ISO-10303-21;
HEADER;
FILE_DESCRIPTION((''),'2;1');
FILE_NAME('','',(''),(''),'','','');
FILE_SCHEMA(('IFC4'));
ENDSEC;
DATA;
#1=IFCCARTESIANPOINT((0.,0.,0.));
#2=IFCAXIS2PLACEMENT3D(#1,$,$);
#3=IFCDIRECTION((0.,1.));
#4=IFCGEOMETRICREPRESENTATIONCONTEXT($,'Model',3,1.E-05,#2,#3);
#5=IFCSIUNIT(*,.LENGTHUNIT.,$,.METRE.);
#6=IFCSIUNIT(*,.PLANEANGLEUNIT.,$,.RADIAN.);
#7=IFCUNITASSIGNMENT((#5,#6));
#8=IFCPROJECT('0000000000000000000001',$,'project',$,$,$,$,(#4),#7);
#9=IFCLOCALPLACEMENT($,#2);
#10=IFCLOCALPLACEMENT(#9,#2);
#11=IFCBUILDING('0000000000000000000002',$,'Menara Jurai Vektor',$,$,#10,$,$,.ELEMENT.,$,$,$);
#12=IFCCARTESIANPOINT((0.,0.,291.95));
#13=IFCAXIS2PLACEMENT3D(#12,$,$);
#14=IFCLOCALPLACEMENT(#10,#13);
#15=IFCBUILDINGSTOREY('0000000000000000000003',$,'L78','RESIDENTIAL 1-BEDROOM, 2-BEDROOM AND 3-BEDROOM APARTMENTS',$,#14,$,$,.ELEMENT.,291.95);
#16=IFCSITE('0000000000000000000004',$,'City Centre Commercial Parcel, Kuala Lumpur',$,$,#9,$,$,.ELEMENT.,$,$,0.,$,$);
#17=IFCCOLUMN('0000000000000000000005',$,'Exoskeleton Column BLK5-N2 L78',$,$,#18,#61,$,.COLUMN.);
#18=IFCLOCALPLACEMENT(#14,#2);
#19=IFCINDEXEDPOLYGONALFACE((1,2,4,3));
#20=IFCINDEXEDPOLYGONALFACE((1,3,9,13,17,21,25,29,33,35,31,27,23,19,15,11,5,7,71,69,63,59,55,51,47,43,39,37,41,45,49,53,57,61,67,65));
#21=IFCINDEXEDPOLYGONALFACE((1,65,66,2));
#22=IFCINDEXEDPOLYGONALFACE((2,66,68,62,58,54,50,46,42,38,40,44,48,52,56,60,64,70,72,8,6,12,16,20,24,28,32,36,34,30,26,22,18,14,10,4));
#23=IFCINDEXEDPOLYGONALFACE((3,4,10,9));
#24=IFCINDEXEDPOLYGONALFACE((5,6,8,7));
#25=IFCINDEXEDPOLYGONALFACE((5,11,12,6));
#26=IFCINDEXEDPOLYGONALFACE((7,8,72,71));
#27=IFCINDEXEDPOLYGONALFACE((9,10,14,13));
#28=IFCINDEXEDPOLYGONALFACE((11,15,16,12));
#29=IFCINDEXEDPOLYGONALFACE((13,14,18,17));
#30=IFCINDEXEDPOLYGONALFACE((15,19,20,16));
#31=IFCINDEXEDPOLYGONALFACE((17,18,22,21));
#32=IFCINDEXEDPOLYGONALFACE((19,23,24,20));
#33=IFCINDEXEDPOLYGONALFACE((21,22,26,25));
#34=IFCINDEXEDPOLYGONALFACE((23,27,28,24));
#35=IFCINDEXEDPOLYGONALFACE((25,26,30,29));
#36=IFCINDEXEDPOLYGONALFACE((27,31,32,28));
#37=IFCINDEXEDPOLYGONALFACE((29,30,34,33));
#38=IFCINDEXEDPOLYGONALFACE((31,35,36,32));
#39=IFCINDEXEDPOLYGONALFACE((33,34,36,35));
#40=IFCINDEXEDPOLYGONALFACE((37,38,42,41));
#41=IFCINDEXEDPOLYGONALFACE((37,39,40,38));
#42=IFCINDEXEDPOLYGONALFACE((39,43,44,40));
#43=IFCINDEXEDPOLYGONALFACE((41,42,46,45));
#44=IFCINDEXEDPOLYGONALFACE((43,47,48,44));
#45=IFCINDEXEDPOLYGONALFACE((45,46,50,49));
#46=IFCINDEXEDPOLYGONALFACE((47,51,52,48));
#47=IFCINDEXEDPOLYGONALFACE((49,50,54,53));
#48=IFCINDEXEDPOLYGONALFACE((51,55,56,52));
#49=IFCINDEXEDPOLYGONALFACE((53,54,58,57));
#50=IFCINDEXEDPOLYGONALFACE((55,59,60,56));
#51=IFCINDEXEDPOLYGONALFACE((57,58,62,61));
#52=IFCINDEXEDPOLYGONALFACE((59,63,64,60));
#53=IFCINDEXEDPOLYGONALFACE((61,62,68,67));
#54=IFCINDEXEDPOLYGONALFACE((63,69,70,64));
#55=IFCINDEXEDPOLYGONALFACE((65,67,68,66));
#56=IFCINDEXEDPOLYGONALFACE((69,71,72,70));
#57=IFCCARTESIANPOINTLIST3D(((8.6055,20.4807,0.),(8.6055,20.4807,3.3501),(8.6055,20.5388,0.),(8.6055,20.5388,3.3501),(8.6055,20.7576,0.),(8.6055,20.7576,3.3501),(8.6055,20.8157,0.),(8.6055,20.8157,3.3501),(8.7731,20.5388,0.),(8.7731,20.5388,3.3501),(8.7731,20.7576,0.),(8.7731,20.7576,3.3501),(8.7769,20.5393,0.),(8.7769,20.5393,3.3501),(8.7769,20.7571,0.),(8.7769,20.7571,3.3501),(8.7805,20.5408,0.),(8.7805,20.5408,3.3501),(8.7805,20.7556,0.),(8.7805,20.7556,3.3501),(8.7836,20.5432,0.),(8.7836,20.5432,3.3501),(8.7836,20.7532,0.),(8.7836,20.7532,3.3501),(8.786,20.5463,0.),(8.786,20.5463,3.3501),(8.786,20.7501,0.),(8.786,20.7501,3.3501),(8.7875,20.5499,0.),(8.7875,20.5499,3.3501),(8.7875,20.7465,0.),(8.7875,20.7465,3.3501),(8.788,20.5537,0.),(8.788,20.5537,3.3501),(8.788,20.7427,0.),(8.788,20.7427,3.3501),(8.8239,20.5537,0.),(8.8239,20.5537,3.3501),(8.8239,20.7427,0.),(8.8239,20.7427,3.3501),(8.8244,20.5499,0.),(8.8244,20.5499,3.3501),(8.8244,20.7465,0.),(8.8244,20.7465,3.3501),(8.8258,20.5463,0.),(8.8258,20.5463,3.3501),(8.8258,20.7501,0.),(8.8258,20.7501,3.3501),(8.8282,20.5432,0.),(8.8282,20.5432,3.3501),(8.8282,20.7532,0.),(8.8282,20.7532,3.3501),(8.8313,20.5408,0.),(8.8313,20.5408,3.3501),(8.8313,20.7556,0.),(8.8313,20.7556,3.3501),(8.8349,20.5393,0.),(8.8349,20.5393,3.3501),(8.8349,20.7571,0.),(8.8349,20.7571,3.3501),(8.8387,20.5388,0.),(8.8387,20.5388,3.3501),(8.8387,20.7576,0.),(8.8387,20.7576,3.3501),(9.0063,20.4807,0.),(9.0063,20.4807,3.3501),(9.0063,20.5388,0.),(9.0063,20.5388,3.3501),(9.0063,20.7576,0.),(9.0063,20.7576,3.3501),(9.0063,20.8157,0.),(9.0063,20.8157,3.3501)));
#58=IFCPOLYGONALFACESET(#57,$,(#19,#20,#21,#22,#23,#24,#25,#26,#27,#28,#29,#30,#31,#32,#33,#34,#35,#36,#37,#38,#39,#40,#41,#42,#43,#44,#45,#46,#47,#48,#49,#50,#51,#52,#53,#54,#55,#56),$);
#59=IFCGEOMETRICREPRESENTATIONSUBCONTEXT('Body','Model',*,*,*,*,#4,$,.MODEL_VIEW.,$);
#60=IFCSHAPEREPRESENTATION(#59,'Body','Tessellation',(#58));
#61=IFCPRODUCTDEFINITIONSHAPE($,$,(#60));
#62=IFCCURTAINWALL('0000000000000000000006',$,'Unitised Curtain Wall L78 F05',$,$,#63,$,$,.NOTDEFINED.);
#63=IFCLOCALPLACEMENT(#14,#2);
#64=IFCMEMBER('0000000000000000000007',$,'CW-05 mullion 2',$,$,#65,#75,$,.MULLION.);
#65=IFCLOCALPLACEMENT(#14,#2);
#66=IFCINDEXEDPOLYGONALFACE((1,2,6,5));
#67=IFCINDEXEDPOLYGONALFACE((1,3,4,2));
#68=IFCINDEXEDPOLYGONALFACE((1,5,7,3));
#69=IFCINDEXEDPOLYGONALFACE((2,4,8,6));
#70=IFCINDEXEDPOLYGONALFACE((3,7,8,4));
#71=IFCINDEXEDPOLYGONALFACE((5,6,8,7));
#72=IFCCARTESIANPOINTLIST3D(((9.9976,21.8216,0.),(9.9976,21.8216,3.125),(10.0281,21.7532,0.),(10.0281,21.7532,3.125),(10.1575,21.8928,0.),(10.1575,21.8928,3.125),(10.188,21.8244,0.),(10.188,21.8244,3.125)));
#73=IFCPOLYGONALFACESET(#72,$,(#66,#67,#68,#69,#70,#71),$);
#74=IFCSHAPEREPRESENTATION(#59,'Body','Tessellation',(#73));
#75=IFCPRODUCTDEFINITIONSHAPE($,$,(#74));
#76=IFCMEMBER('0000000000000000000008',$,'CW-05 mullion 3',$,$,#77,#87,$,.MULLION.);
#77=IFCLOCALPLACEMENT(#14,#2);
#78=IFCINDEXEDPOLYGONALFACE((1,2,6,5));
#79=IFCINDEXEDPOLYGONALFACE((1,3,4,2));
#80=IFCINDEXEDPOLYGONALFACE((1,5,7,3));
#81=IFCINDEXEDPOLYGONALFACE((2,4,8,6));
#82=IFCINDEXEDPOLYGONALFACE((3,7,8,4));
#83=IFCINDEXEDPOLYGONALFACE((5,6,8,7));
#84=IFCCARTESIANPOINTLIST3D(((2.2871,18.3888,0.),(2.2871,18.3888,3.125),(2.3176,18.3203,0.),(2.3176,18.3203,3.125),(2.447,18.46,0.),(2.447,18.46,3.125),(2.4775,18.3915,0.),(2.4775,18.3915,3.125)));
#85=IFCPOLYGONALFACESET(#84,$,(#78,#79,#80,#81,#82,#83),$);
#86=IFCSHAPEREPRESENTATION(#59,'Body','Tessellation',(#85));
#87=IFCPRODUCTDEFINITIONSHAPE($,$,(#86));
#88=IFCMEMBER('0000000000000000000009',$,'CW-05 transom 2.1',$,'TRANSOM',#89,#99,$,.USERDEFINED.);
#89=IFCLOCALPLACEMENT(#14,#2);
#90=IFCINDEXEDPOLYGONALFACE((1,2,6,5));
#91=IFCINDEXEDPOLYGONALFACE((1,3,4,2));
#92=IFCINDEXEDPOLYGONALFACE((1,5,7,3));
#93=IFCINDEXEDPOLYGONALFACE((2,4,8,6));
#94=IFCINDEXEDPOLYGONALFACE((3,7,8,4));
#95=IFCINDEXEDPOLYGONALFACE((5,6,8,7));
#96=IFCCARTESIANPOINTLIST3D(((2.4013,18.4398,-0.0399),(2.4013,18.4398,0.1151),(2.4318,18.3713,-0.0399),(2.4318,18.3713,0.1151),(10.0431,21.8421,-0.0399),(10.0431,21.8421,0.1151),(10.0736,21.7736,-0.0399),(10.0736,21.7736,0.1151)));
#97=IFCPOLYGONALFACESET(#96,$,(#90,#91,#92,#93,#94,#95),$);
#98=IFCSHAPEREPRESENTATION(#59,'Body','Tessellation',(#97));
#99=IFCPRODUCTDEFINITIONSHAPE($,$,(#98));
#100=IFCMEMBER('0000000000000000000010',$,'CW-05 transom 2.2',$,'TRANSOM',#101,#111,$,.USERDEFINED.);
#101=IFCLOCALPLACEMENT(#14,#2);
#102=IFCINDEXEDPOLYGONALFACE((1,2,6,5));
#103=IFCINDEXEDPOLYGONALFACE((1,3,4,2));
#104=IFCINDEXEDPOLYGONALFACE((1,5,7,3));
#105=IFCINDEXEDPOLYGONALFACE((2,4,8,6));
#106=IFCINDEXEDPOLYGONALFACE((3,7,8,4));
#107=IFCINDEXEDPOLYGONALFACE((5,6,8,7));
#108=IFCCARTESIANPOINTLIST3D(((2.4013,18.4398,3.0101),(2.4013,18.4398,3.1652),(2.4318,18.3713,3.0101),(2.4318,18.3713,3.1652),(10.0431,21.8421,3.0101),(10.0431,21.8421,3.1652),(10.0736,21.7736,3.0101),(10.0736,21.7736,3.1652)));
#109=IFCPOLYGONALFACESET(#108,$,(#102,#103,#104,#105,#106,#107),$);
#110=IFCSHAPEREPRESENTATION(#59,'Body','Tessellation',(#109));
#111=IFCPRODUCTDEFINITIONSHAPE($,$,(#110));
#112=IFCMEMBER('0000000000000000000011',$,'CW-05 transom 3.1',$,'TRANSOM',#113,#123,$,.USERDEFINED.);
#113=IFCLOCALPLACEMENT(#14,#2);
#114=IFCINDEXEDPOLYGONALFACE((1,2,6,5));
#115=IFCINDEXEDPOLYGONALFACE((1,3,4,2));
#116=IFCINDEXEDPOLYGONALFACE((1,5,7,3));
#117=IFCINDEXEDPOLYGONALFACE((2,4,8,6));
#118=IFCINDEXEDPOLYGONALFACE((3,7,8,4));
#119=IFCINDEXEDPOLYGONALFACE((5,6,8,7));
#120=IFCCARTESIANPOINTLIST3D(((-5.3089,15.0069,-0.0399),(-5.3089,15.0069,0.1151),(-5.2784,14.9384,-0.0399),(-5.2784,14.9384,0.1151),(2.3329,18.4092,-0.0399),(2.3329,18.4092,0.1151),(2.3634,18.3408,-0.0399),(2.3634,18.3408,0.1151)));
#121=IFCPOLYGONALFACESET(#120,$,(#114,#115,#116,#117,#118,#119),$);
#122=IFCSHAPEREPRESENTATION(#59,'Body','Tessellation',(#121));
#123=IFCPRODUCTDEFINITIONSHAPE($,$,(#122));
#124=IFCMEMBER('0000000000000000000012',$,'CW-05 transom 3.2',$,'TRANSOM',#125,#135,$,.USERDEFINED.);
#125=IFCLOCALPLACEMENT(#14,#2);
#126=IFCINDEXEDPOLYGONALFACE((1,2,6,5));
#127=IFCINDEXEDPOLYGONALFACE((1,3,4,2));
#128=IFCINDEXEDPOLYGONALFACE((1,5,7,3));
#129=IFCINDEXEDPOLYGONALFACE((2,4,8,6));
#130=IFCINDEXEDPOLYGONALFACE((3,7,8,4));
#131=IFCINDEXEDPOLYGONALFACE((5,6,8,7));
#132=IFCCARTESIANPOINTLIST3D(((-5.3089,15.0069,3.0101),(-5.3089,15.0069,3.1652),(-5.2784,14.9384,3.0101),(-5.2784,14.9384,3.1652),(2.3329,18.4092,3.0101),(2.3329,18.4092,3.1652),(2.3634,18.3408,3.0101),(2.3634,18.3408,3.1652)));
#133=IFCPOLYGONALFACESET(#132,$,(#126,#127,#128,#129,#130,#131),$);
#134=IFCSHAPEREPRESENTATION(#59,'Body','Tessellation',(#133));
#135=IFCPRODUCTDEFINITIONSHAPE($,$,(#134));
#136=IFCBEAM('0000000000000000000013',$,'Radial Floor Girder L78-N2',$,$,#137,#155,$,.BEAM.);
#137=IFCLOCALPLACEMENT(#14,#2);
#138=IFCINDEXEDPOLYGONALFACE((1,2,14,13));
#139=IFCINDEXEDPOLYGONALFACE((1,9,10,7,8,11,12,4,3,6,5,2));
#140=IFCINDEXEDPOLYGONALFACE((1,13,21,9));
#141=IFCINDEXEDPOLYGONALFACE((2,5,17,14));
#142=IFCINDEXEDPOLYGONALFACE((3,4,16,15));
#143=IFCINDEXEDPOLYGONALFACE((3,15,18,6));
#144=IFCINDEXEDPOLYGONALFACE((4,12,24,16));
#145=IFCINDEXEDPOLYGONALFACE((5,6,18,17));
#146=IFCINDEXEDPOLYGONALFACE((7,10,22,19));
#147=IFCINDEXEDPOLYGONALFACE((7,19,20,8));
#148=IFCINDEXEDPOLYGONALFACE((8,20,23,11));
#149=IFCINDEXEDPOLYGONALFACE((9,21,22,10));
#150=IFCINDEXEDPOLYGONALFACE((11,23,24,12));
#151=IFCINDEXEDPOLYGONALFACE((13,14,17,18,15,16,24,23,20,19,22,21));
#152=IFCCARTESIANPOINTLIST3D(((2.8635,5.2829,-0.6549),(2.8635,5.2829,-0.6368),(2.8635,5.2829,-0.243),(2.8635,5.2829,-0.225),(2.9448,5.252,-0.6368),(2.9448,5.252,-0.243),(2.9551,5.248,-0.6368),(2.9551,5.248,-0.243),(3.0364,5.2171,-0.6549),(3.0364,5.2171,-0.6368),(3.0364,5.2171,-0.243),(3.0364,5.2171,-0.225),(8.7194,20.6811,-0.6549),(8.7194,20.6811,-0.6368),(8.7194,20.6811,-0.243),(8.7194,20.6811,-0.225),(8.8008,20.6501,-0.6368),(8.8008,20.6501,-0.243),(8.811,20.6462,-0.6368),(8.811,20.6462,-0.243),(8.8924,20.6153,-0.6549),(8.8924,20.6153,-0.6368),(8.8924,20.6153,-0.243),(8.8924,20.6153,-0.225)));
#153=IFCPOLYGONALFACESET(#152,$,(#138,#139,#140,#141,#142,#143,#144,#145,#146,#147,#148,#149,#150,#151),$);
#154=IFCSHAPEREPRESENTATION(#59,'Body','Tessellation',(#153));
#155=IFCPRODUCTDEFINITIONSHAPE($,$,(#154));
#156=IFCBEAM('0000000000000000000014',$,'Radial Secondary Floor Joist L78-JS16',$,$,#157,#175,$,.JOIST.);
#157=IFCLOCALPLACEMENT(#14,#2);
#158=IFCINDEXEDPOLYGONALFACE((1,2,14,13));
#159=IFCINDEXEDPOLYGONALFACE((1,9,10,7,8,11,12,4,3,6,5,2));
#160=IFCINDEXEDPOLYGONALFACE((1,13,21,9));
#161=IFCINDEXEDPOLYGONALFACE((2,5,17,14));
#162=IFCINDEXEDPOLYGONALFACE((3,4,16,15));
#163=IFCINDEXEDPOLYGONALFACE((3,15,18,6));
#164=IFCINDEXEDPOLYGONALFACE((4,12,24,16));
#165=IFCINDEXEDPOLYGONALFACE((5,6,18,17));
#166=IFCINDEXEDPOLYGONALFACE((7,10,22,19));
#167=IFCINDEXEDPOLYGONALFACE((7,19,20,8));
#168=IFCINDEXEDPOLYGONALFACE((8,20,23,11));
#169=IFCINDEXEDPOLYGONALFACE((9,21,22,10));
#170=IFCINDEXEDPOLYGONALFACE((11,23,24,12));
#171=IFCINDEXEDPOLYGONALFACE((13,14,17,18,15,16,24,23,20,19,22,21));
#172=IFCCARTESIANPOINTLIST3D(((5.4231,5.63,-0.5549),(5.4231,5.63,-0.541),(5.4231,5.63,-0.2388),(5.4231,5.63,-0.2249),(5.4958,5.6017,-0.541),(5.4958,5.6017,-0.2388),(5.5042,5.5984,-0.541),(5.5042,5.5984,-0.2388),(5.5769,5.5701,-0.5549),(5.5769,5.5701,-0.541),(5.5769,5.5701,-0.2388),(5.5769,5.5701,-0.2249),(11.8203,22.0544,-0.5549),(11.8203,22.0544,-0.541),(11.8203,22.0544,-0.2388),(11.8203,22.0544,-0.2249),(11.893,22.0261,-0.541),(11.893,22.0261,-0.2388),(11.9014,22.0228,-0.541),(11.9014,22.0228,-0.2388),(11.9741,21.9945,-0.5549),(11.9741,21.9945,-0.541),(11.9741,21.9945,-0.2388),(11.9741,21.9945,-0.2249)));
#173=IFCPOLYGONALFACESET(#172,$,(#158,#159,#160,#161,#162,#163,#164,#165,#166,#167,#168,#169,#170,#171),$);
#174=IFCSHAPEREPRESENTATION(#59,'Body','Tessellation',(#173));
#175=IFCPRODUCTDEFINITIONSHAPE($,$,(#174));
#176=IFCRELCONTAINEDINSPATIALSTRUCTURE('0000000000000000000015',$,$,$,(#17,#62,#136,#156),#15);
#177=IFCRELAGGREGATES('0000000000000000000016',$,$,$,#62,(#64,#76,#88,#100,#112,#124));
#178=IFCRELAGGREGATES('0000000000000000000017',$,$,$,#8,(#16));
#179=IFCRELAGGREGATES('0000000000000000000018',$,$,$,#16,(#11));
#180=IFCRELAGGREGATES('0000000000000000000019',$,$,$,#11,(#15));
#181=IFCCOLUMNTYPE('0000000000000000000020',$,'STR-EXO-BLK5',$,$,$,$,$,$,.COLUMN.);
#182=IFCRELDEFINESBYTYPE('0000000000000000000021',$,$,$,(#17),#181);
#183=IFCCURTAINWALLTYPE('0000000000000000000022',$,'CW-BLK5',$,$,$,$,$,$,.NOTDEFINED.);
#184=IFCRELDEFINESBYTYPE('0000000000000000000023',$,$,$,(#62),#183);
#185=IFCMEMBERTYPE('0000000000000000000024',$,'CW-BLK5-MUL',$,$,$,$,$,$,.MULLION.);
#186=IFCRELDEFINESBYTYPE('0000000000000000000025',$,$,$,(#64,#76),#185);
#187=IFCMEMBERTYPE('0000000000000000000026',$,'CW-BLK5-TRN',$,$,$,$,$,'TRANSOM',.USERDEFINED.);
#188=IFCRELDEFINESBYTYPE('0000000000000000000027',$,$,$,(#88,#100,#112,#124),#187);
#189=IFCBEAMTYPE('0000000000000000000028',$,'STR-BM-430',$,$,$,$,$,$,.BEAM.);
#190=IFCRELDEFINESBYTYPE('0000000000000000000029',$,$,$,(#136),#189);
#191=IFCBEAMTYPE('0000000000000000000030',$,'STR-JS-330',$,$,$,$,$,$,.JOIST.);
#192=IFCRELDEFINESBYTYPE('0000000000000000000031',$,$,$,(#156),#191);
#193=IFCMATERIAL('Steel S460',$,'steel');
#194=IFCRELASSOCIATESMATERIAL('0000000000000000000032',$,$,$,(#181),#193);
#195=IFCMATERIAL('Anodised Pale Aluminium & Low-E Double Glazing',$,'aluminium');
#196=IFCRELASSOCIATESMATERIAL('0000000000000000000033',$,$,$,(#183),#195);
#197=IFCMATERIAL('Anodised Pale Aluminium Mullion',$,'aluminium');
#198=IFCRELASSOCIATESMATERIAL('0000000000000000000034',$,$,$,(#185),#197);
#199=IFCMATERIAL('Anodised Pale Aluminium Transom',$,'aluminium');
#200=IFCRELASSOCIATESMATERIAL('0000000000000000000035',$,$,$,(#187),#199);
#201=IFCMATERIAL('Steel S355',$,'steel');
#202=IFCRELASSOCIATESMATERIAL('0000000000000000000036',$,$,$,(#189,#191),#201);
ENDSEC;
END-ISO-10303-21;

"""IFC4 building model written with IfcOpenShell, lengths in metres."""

from ifc_helpers import new_model, si_unit, direction, frame, origin, origin_2d, place, context, subcontext, project, spatial, rectangle, i_section, extrude, material, material_profile, profile_set, type_object, element, aggregate, save


model = new_model("IFC4")

# Units and contexts
model_context = context("Model", 3, precision=1e-05, world=origin(), true_north=direction((0.0, 1.0)))
body_context = subcontext(model_context, "Body", "Model", "MODEL_VIEW")
ifc_project = project(units=[si_unit("LENGTHUNIT", "METRE"), si_unit("PLANEANGLEUNIT", "RADIAN")], contexts=[model_context])

# Site, building, storey
site_placement = place(None, origin())
site = spatial("IfcSite", under=ifc_project, at=site_placement, Name="City Centre Commercial Parcel, Kuala Lumpur", CompositionType="ELEMENT", RefElevation=0.0)
building_placement = place(site_placement, origin())
building = spatial("IfcBuilding", under=site, at=building_placement, Name="Menara Jurai Vektor", CompositionType="ELEMENT")
storey_placement = place(building_placement, frame((0.0, 0.0, 291.95)))
storey = spatial("IfcBuildingStorey", under=building, at=storey_placement, Name="L78", Description="RESIDENTIAL 1-BEDROOM, 2-BEDROOM AND 3-BEDROOM APARTMENTS", CompositionType="ELEMENT", Elevation=291.95)

# Column
ifc_material_1 = material(Name="Steel S460", Category="steel")
ifc_material_profile_1 = material_profile(ifc_material_1, i_section(OverallWidth=0.4009, OverallDepth=0.335, WebThickness=0.0359, FlangeThickness=0.0581, FilletRadius=0.0149, at=origin_2d()), Name="HD 400x463")
ifc_profile_set_1 = profile_set([ifc_material_profile_1], Name="Steel S460")
column_type = type_object("IfcColumnType", Name="STR-EXO-BLK5", PredefinedType="COLUMN", material=ifc_profile_set_1)
column_placement = place(storey_placement, frame((8.8059, 20.6482, 0.0), z_axis=(0.0, 0.0, 1.0), x_axis=(1.0, 0.0, 0.0)))
element("IfcColumn", 1, at=column_placement, inside=storey, type_object=column_type, Name="Exoskeleton Column BLK5-N2 L78", PredefinedType="COLUMN", context=body_context, shape_type="SweptSolid", body=[
    extrude(i_section(OverallWidth=0.4009, OverallDepth=0.335, WebThickness=0.0359, FlangeThickness=0.0581, FilletRadius=0.0149, at=origin_2d()), origin(), (0.0, 0.0, 1.0), 3.3501),
])

# Curtain wall, members
ifc_material_2 = material(Name="Anodised Pale Aluminium & Low-E Double Glazing", Category="aluminium")
curtain_wall_type = type_object("IfcCurtainWallType", Name="CW-BLK5", PredefinedType="NOTDEFINED", material=ifc_material_2)
curtain_wall_placement = place(storey_placement, origin())
curtain_wall = element("IfcCurtainWall", 2, at=curtain_wall_placement, inside=storey, type_object=curtain_wall_type, Name="Unitised Curtain Wall L78 F05", PredefinedType="NOTDEFINED")
ifc_material_3 = material(Name="Anodised Pale Aluminium Mullion", Category="aluminium")
ifc_material_profile_2 = material_profile(ifc_material_3, rectangle(XDim=0.075, YDim=0.175, at=origin_2d()), Name="ALU MUL 75x175")
ifc_profile_set_2 = profile_set([ifc_material_profile_2], Name="Anodised Pale Aluminium Mullion")
member_type_1 = type_object("IfcMemberType", Name="CW-BLK5-MUL", PredefinedType="MULLION", material=ifc_profile_set_2)
member_1_placement = place(storey_placement, frame((10.0928, 21.823, 0.0), z_axis=(0.0, 0.0, 1.0), x_axis=(0.406735, -0.913546, 0.0)))
member_1 = element("IfcMember", 3, at=member_1_placement, type_object=member_type_1, Name="CW-05 mullion 2", PredefinedType="MULLION", context=body_context, shape_type="SweptSolid", body=[
    extrude(rectangle(XDim=0.075, YDim=0.175, at=origin_2d()), origin(), (0.0, 0.0, 1.0), 3.125),
])
member_2_placement = place(storey_placement, frame((2.3823, 18.3901, 0.0), z_axis=(0.0, 0.0, 1.0), x_axis=(0.406735, -0.913546, 0.0)))
member_2 = element("IfcMember", 4, at=member_2_placement, type_object=member_type_1, Name="CW-05 mullion 3", PredefinedType="MULLION", context=body_context, shape_type="SweptSolid", body=[
    extrude(rectangle(XDim=0.075, YDim=0.175, at=origin_2d()), origin(), (0.0, 0.0, 1.0), 3.125),
])
ifc_material_4 = material(Name="Anodised Pale Aluminium Transom", Category="aluminium")
ifc_material_profile_3 = material_profile(ifc_material_4, rectangle(XDim=0.075, YDim=0.155, at=origin_2d()), Name="ALU TRN 75x155")
ifc_profile_set_3 = profile_set([ifc_material_profile_3], Name="Anodised Pale Aluminium Transom")
member_type_2 = type_object("IfcMemberType", Name="CW-BLK5-TRN", ElementType="TRANSOM", PredefinedType="USERDEFINED", material=ifc_profile_set_3)
member_3_placement = place(storey_placement, frame((10.0583, 21.8079, 0.0376), z_axis=(-0.913547, -0.406734, 0.0), x_axis=(0.406734, -0.913547, 0.0)))
member_3 = element("IfcMember", 5, at=member_3_placement, type_object=member_type_2, Name="CW-05 transom 2.1", ObjectType="TRANSOM", PredefinedType="USERDEFINED", context=body_context, shape_type="SweptSolid", body=[
    extrude(rectangle(XDim=0.075, YDim=0.155, at=origin_2d()), origin(), (0.0, 0.0, 1.0), 8.365),
])
member_4_placement = place(storey_placement, frame((10.0583, 21.8079, 3.0876), z_axis=(-0.913547, -0.406734, 0.0), x_axis=(0.406734, -0.913547, 0.0)))
member_4 = element("IfcMember", 6, at=member_4_placement, type_object=member_type_2, Name="CW-05 transom 2.2", ObjectType="TRANSOM", PredefinedType="USERDEFINED", context=body_context, shape_type="SweptSolid", body=[
    extrude(rectangle(XDim=0.075, YDim=0.155, at=origin_2d()), origin(), (0.0, 0.0, 1.0), 8.365),
])
member_5_placement = place(storey_placement, frame((2.3481, 18.375, 0.0376), z_axis=(-0.913547, -0.406734, 0.0), x_axis=(0.406734, -0.913547, 0.0)))
member_5 = element("IfcMember", 7, at=member_5_placement, type_object=member_type_2, Name="CW-05 transom 3.1", ObjectType="TRANSOM", PredefinedType="USERDEFINED", context=body_context, shape_type="SweptSolid", body=[
    extrude(rectangle(XDim=0.075, YDim=0.155, at=origin_2d()), origin(), (0.0, 0.0, 1.0), 8.365),
])
member_6_placement = place(storey_placement, frame((2.3481, 18.375, 3.0876), z_axis=(-0.913547, -0.406734, 0.0), x_axis=(0.406734, -0.913547, 0.0)))
member_6 = element("IfcMember", 8, at=member_6_placement, type_object=member_type_2, Name="CW-05 transom 3.2", ObjectType="TRANSOM", PredefinedType="USERDEFINED", context=body_context, shape_type="SweptSolid", body=[
    extrude(rectangle(XDim=0.075, YDim=0.155, at=origin_2d()), origin(), (0.0, 0.0, 1.0), 8.365),
])

# Beams
ifc_material_5 = material(Name="Steel S355", Category="steel")
ifc_material_profile_4 = material_profile(ifc_material_5, i_section(OverallWidth=0.1851, OverallDepth=0.4299, WebThickness=0.011, FlangeThickness=0.0181, at=origin_2d()), Name="PG 430x185x76")
ifc_profile_set_4 = profile_set([ifc_material_profile_4], Name="Steel S355")
beam_type_1 = type_object("IfcBeamType", Name="STR-BM-430", PredefinedType="BEAM", material=ifc_profile_set_4)
beam_1_placement = place(storey_placement, frame((8.8059, 20.6482, -0.4399), z_axis=(-0.355464, -0.93469, 0.0), x_axis=(0.93469, -0.355464, 0.0)))
element("IfcBeam", 9, at=beam_1_placement, inside=storey, type_object=beam_type_1, Name="Radial Floor Girder L78-N2", PredefinedType="BEAM", context=body_context, shape_type="SweptSolid", body=[
    extrude(i_section(OverallWidth=0.1851, OverallDepth=0.4299, WebThickness=0.011, FlangeThickness=0.0181, at=origin_2d()), origin(), (0.0, 0.0, 1.0), 16.4741),
])
ifc_material_profile_5 = material_profile(ifc_material_5, i_section(OverallWidth=0.165, OverallDepth=0.3301, WebThickness=0.009, FlangeThickness=0.0139, at=origin_2d()), Name="PG 330x165x46")
ifc_profile_set_5 = profile_set([ifc_material_profile_5], Name="Steel S355")
beam_type_2 = type_object("IfcBeamType", Name="STR-JS-330", PredefinedType="JOIST", material=ifc_profile_set_5)
beam_2_placement = place(storey_placement, frame((11.8972, 22.0244, -0.3899), z_axis=(-0.362938, -0.931813, 0.0), x_axis=(0.931813, -0.362938, 0.0)))
element("IfcBeam", 10, at=beam_2_placement, inside=storey, type_object=beam_type_2, Name="Radial Secondary Floor Joist L78-JS16", PredefinedType="JOIST", context=body_context, shape_type="SweptSolid", body=[
    extrude(i_section(OverallWidth=0.165, OverallDepth=0.3301, WebThickness=0.009, FlangeThickness=0.0139, at=origin_2d()), origin(), (0.0, 0.0, 1.0), 17.6262),
])

aggregate(curtain_wall, [member_1, member_2, member_3, member_4, member_5, member_6])

save(model, "model.ifc")
